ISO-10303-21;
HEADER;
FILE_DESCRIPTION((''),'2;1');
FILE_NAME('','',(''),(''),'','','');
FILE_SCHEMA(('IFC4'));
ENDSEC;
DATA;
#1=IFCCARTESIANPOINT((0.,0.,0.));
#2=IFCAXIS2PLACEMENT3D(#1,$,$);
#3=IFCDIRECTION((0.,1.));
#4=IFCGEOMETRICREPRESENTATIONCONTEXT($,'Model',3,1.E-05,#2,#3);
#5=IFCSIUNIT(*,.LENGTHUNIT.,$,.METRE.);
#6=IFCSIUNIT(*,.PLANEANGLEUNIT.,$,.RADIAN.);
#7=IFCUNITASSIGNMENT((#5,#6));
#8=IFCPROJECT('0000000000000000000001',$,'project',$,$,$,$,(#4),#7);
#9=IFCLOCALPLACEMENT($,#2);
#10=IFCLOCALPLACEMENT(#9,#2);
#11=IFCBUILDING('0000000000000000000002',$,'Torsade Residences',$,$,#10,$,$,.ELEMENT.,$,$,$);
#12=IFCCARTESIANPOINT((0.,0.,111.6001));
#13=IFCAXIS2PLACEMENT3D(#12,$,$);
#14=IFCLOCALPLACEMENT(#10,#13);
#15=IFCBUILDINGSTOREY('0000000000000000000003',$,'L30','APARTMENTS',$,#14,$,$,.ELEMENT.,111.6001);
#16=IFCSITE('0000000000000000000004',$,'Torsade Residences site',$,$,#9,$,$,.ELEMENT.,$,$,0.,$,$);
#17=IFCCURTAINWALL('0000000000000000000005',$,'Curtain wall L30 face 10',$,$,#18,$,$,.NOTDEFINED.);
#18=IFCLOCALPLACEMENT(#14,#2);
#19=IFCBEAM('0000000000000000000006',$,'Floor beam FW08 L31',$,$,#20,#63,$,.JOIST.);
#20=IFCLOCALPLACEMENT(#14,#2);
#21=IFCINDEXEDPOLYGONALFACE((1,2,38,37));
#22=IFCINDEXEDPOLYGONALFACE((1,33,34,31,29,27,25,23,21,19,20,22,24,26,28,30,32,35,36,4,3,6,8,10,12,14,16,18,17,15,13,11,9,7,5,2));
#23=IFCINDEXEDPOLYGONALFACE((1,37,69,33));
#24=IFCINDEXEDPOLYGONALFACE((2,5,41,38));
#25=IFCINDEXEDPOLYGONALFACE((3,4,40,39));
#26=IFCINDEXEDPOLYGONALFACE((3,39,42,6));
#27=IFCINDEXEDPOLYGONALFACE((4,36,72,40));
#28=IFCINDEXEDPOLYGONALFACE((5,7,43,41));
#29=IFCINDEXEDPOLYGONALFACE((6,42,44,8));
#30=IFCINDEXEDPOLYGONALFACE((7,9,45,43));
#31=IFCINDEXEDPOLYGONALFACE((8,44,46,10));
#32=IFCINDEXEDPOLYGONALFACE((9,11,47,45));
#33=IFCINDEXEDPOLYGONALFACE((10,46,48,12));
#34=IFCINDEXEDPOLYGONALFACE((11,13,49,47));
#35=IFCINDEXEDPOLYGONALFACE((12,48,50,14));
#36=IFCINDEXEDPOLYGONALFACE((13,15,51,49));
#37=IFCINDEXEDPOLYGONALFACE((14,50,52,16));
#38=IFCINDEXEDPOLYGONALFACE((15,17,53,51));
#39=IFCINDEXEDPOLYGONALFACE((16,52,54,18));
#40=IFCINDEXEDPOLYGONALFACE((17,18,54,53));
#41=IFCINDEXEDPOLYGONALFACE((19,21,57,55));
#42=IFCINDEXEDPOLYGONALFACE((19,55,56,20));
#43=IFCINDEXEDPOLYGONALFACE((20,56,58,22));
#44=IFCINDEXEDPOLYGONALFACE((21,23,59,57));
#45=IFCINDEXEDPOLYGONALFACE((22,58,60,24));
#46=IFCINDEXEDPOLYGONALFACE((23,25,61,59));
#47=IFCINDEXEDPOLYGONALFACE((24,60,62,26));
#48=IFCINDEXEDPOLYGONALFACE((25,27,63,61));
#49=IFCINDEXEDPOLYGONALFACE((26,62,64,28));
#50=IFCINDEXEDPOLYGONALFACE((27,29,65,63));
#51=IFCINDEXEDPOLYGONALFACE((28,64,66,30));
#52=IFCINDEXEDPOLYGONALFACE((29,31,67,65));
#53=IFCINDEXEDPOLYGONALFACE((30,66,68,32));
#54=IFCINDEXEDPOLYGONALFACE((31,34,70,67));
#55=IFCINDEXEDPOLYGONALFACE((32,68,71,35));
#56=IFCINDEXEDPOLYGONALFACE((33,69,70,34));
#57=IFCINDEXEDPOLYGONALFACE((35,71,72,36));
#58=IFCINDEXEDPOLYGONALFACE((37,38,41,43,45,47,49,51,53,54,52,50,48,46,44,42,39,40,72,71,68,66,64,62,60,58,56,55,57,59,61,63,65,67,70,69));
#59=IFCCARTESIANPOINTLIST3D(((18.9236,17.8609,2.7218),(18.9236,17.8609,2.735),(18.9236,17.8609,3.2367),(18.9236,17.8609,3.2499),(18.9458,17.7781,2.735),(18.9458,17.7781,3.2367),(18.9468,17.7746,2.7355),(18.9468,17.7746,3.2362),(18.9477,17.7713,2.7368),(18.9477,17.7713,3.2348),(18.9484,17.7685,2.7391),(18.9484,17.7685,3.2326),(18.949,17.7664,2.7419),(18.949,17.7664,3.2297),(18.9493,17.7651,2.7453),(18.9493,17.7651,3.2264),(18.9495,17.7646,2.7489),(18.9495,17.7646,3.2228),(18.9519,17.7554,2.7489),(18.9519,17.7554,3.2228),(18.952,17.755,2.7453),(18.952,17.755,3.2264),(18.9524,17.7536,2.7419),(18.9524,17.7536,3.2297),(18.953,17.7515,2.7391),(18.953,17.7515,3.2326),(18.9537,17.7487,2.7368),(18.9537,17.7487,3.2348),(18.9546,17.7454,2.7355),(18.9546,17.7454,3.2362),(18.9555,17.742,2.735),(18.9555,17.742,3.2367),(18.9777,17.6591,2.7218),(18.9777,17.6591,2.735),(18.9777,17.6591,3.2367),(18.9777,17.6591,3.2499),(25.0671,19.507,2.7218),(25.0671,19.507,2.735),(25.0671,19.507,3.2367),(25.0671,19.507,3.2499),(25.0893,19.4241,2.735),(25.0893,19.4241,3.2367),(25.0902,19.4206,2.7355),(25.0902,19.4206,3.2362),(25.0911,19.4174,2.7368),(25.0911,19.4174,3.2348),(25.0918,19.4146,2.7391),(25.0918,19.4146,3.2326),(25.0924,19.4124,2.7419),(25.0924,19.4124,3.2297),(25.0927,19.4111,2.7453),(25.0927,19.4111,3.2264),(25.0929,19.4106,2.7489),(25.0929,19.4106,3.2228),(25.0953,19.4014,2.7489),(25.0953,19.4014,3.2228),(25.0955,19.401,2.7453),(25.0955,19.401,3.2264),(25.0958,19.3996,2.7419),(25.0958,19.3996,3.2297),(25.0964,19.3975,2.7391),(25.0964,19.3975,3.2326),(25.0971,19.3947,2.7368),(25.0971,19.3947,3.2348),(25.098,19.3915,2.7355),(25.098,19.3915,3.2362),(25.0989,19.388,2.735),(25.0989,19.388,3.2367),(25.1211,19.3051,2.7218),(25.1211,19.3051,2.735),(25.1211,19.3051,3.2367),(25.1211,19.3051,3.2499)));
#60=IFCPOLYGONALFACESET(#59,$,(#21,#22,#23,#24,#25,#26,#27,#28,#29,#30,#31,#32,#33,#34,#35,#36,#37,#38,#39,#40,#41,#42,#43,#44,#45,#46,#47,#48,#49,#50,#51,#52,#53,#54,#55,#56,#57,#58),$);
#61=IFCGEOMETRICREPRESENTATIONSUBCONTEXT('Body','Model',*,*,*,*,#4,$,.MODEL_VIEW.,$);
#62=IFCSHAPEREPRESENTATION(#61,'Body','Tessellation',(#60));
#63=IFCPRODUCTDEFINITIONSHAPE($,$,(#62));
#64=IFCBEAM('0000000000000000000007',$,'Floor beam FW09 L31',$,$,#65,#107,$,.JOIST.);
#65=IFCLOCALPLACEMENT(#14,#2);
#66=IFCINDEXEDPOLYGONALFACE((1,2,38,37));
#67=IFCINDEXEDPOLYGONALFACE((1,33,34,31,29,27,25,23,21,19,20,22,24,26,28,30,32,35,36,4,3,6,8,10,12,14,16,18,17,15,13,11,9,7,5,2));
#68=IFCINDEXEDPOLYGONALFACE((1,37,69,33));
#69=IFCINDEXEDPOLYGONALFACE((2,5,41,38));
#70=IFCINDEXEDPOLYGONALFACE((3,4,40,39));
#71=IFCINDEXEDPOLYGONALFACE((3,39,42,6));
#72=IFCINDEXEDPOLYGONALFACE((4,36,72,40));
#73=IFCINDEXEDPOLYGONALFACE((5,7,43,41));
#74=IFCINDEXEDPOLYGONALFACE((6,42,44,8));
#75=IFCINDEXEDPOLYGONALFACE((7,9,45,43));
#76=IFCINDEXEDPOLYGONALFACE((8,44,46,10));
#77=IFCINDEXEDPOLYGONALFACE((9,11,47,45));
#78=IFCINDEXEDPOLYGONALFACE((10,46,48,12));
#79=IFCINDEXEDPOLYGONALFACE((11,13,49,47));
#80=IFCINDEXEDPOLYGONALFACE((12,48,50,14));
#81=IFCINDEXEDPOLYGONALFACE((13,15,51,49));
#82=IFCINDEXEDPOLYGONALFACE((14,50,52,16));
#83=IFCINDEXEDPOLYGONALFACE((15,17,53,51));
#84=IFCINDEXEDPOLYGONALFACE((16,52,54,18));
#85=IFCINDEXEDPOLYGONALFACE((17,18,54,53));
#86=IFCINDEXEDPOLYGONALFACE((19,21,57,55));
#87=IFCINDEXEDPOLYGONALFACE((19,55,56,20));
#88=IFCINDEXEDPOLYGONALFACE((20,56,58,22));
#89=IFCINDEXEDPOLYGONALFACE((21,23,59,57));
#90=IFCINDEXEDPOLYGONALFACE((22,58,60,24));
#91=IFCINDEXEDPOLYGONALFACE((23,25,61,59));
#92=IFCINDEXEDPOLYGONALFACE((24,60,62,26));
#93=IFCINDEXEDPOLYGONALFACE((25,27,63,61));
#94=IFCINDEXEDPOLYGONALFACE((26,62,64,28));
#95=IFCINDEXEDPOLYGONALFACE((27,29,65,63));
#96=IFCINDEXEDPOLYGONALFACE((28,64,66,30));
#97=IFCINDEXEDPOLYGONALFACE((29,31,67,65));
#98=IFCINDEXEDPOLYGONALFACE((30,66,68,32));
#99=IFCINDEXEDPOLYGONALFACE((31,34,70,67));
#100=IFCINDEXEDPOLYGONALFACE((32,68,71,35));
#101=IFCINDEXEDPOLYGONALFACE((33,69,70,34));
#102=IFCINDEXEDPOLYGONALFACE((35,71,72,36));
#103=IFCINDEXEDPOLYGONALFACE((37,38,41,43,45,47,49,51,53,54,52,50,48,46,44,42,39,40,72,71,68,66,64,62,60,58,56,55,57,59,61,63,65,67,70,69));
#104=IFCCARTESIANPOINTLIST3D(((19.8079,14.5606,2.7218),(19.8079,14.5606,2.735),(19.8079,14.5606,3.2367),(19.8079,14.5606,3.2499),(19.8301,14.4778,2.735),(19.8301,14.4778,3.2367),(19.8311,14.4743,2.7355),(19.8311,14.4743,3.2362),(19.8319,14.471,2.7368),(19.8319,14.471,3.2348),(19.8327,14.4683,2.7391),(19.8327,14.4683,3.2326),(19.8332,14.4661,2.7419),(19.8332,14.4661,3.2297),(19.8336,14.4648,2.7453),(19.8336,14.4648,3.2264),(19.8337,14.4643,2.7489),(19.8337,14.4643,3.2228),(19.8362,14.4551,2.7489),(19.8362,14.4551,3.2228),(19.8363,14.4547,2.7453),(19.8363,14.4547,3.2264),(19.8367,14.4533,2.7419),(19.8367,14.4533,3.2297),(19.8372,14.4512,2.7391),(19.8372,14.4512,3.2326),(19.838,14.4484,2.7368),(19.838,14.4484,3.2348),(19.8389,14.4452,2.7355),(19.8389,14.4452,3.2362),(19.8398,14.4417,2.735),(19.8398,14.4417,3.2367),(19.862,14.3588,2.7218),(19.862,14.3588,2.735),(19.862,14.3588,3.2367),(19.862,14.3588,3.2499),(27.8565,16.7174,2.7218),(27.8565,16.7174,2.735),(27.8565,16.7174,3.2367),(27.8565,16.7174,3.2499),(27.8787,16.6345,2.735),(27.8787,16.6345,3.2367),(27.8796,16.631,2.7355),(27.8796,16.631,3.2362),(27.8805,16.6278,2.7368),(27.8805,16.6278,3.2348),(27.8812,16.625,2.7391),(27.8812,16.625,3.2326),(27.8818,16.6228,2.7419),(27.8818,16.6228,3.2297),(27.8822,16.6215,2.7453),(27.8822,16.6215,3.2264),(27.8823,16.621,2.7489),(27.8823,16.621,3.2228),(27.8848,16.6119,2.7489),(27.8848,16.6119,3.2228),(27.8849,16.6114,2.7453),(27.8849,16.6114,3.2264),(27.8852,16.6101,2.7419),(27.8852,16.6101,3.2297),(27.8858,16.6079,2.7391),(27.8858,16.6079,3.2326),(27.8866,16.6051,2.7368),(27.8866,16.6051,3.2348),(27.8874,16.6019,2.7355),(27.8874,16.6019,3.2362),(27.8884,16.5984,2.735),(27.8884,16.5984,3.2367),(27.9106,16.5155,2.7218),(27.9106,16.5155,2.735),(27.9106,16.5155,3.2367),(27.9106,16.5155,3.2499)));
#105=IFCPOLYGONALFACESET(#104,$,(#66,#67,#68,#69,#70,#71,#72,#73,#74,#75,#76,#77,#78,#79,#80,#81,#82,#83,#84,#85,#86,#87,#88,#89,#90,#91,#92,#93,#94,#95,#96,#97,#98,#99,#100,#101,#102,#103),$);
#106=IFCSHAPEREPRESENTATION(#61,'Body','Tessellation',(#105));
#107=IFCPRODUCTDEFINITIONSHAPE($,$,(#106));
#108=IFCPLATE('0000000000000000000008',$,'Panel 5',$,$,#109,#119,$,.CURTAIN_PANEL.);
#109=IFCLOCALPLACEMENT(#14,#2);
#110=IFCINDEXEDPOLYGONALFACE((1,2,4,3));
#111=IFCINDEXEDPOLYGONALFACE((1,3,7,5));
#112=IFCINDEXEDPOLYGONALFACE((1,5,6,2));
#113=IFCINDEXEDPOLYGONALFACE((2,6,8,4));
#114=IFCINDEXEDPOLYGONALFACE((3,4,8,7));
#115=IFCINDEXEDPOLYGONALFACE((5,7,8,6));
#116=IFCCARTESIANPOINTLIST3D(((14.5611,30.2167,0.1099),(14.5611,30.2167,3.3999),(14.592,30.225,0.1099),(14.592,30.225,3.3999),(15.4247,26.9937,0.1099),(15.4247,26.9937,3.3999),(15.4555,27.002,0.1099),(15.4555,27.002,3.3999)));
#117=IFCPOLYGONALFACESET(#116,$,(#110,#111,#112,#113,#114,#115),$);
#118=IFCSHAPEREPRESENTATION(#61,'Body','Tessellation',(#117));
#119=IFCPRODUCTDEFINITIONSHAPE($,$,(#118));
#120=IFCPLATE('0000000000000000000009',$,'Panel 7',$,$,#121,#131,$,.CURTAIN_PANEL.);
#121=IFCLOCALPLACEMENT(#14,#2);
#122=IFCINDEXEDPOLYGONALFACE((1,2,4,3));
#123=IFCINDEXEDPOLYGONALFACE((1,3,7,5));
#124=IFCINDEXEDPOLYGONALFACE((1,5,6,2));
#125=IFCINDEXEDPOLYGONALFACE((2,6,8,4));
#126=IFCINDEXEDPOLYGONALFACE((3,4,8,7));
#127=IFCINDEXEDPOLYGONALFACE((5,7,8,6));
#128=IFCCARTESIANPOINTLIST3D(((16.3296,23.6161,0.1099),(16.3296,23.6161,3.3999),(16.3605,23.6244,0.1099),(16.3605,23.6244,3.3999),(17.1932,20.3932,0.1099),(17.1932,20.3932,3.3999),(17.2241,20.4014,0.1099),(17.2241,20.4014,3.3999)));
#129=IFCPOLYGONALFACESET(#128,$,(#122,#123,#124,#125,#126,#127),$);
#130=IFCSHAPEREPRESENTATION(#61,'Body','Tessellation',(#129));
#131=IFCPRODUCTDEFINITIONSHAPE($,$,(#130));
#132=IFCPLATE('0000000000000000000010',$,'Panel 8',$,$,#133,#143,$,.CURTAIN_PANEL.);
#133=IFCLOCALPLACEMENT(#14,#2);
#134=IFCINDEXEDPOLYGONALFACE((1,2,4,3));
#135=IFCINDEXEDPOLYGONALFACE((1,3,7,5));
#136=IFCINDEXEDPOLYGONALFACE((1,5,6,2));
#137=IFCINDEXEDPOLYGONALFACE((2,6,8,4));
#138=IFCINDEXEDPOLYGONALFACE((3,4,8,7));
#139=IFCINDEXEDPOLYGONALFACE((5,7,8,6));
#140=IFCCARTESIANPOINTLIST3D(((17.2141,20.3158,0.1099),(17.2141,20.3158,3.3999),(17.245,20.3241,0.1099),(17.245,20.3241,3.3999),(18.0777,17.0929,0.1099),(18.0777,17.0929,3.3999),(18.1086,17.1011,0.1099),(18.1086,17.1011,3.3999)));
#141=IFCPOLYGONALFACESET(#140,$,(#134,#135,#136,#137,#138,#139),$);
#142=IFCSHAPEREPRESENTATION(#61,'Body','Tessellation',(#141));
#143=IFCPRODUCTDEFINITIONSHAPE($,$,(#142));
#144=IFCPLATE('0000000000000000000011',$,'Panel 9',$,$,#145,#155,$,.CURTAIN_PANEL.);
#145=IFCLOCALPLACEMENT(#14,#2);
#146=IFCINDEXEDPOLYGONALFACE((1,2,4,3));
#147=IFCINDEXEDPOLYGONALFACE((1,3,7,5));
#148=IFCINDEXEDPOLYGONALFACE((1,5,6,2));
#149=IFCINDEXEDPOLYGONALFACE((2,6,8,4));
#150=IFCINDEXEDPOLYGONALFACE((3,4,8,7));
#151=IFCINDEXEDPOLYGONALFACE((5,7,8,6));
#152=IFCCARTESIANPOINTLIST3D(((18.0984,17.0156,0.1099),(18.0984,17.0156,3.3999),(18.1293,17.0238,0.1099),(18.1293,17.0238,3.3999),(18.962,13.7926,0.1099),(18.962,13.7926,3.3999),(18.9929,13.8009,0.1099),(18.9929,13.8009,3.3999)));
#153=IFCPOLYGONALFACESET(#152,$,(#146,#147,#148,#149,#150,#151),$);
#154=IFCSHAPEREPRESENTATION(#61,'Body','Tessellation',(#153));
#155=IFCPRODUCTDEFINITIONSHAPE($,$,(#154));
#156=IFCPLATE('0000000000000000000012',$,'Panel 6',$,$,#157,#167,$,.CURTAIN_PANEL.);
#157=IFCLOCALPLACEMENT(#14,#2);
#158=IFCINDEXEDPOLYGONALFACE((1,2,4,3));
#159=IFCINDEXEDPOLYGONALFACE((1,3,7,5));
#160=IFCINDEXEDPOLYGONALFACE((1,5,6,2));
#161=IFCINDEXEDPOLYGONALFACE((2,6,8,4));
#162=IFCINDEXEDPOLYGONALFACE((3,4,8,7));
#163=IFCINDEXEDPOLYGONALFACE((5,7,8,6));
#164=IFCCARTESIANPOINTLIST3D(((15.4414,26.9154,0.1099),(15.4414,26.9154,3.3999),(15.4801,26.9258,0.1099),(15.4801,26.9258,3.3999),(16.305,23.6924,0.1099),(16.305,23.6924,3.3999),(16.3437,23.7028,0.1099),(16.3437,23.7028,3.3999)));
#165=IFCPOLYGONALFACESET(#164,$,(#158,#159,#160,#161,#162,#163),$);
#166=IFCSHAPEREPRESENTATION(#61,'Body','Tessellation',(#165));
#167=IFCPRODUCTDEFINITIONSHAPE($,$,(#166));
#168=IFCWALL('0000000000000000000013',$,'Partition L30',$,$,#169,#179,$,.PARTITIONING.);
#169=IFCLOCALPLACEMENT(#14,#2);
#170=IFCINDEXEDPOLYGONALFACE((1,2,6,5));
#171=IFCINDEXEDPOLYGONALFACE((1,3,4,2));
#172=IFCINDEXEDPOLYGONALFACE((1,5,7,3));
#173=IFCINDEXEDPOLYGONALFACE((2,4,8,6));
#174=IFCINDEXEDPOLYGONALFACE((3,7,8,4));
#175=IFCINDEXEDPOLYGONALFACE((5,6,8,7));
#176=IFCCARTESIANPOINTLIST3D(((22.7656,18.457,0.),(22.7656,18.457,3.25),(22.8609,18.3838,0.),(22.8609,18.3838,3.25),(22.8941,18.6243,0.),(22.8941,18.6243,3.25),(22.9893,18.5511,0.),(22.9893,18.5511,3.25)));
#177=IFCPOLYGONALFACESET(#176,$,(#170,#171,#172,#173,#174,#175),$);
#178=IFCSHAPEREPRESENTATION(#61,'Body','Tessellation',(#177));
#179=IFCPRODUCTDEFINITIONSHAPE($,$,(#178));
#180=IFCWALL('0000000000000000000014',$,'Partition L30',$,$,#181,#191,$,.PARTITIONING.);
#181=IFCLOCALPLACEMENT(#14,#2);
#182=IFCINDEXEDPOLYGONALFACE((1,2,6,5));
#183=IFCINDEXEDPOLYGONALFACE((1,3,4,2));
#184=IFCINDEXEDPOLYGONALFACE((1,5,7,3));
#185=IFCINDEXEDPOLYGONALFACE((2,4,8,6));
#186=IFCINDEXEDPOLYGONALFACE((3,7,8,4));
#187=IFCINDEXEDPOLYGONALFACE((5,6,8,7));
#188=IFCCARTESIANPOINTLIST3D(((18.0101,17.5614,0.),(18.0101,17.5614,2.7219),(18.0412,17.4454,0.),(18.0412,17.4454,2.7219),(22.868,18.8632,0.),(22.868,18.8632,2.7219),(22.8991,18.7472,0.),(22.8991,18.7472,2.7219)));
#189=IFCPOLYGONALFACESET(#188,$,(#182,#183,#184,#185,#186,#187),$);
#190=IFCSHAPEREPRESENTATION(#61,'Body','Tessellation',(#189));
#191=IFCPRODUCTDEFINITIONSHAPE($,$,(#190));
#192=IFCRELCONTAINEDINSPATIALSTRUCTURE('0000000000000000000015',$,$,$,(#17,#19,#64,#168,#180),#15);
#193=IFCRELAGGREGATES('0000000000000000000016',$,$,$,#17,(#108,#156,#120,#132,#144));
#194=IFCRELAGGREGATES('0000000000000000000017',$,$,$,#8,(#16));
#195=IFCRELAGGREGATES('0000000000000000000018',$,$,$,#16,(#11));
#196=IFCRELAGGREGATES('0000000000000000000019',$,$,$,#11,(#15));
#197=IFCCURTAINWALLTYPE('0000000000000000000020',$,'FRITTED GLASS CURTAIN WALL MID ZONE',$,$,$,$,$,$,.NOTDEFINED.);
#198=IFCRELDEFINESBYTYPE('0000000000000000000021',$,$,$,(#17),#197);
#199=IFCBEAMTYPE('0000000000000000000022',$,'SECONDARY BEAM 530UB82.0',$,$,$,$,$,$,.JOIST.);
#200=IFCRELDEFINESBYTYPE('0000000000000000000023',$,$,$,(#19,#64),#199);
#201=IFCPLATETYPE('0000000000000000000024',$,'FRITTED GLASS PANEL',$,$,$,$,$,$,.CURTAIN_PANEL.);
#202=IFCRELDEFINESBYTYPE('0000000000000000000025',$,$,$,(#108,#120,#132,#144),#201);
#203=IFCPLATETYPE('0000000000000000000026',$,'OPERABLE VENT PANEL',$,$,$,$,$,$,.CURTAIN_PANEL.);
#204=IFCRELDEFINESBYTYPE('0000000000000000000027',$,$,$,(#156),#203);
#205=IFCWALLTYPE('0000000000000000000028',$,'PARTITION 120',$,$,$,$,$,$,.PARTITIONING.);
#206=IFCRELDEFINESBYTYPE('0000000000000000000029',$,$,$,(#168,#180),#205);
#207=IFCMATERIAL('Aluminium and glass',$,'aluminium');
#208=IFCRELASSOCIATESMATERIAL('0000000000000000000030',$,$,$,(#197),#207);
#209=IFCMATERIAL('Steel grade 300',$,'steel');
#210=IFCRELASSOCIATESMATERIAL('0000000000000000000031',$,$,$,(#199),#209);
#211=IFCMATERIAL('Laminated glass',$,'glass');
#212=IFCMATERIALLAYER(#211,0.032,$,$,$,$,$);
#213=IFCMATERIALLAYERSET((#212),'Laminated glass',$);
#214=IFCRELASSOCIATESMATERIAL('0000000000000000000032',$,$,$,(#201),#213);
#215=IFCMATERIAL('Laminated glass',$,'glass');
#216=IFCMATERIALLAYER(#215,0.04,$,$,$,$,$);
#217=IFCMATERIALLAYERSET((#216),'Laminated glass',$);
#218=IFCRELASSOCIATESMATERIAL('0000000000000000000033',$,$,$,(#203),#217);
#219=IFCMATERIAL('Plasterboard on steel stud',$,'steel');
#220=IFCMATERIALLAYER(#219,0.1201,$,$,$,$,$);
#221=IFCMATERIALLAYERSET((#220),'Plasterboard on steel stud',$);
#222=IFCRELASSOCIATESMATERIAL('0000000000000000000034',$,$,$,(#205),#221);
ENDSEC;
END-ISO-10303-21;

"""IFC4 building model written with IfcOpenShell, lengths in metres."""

from ifc_helpers import new_model, si_unit, direction, frame, frame_2d, origin, origin_2d, place, context, subcontext, project, spatial, rectangle, i_section, extrude, material, layer, layer_set, material_profile, profile_set, type_object, element, aggregate, save


model = new_model("IFC4")

# Units and contexts
model_context = context("Model", 3, precision=1e-05, world=origin(), true_north=direction((0.0, 1.0)))
body_context = subcontext(model_context, "Body", "Model", "MODEL_VIEW")
ifc_project = project(units=[si_unit("LENGTHUNIT", "METRE"), si_unit("PLANEANGLEUNIT", "RADIAN")], contexts=[model_context])

# Site, building, storey
site_placement = place(None, origin())
site = spatial("IfcSite", under=ifc_project, at=site_placement, Name="Torsade Residences site", CompositionType="ELEMENT", RefElevation=0.0)
building_placement = place(site_placement, origin())
building = spatial("IfcBuilding", under=site, at=building_placement, Name="Torsade Residences", CompositionType="ELEMENT")
storey_placement = place(building_placement, frame((0.0, 0.0, 111.6001)))
storey = spatial("IfcBuildingStorey", under=building, at=storey_placement, Name="L30", Description="APARTMENTS", CompositionType="ELEMENT", Elevation=111.6001)

# Curtain wall
ifc_material_1 = material(Name="Aluminium and glass", Category="aluminium")
curtain_wall_type = type_object("IfcCurtainWallType", Name="FRITTED GLASS CURTAIN WALL MID ZONE", PredefinedType="NOTDEFINED", material=ifc_material_1)
curtain_wall_placement = place(storey_placement, origin())
curtain_wall = element("IfcCurtainWall", 1, at=curtain_wall_placement, inside=storey, type_object=curtain_wall_type, Name="Curtain wall L30 face 10", PredefinedType="NOTDEFINED")

# Beams
ifc_material_2 = material(Name="Steel grade 300", Category="steel")
ifc_material_profile_1 = material_profile(ifc_material_2, i_section(OverallWidth=0.209, OverallDepth=0.5281, WebThickness=0.0095, FlangeThickness=0.0132, FilletRadius=0.0139, at=origin_2d()), Name="530UB82.0")
ifc_profile_set_1 = profile_set([ifc_material_profile_1], Name="Steel grade 300")
beam_type_1 = type_object("IfcBeamType", Name="SECONDARY BEAM 530UB82.0", PredefinedType="JOIST", material=ifc_profile_set_1)
beam_1_placement = place(storey_placement, frame((18.9507, 17.76, 2.9858), z_axis=(0.96593, 0.258805, 0.0), x_axis=(-0.258805, 0.96593, 0.0)))
element("IfcBeam", 2, at=beam_1_placement, inside=storey, type_object=beam_type_1, Name="Floor beam FW08 L31", PredefinedType="JOIST", context=body_context, shape_type="SweptSolid", body=[
    extrude(i_section(OverallWidth=0.209, OverallDepth=0.5281, WebThickness=0.0095, FlangeThickness=0.0132, FilletRadius=0.0139, at=origin_2d()), origin(), (0.0, 0.0, 1.0), 6.3601),
])
beam_2_placement = place(storey_placement, frame((19.835, 14.4597, 2.9858), z_axis=(0.965922, 0.258833, 0.0), x_axis=(-0.258833, 0.965922, 0.0)))
element("IfcBeam", 3, at=beam_2_placement, inside=storey, type_object=beam_type_1, Name="Floor beam FW09 L31", PredefinedType="JOIST", context=body_context, shape_type="SweptSolid", body=[
    extrude(i_section(OverallWidth=0.209, OverallDepth=0.5281, WebThickness=0.0095, FlangeThickness=0.0132, FilletRadius=0.0139, at=origin_2d()), origin(), (0.0, 0.0, 1.0), 8.3325),
])

# Plates
ifc_material_3 = material(Name="Laminated glass", Category="glass")
ifc_layer_1 = layer(ifc_material_3, 0.032)
ifc_layer_set_1 = layer_set([ifc_layer_1], Name="Laminated glass")
plate_type_1 = type_object("IfcPlateType", Name="FRITTED GLASS PANEL", PredefinedType="CURTAIN_PANEL", material=ifc_layer_set_1)
plate_1_placement = place(storey_placement, frame((15.0083, 28.6094, 0.1099), z_axis=(0.0, 0.0, 1.0), x_axis=(0.258819, -0.965926, 0.0)))
plate_1 = element("IfcPlate", 4, at=plate_1_placement, type_object=plate_type_1, Name="Panel 5", PredefinedType="CURTAIN_PANEL", context=body_context, shape_type="SweptSolid", body=[
    extrude(rectangle(XDim=3.3367, YDim=0.032, at=origin_2d()), origin(), (0.0, 0.0, 1.0), 3.29),
])
plate_2_placement = place(storey_placement, frame((16.7769, 22.0088, 0.1099), z_axis=(0.0, 0.0, 1.0), x_axis=(0.258819, -0.965926, 0.0)))
plate_2 = element("IfcPlate", 5, at=plate_2_placement, type_object=plate_type_1, Name="Panel 7", PredefinedType="CURTAIN_PANEL", context=body_context, shape_type="SweptSolid", body=[
    extrude(rectangle(XDim=3.3367, YDim=0.032, at=origin_2d()), origin(), (0.0, 0.0, 1.0), 3.29),
])
plate_3_placement = place(storey_placement, frame((17.6614, 18.7085, 0.1099), z_axis=(0.0, 0.0, 1.0), x_axis=(0.258819, -0.965926, 0.0)))
plate_3 = element("IfcPlate", 6, at=plate_3_placement, type_object=plate_type_1, Name="Panel 8", PredefinedType="CURTAIN_PANEL", context=body_context, shape_type="SweptSolid", body=[
    extrude(rectangle(XDim=3.3367, YDim=0.032, at=origin_2d()), origin(), (0.0, 0.0, 1.0), 3.29),
])
plate_4_placement = place(storey_placement, frame((18.5457, 15.4082, 0.1099), z_axis=(0.0, 0.0, 1.0), x_axis=(0.258819, -0.965926, 0.0)))
plate_4 = element("IfcPlate", 7, at=plate_4_placement, type_object=plate_type_1, Name="Panel 9", PredefinedType="CURTAIN_PANEL", context=body_context, shape_type="SweptSolid", body=[
    extrude(rectangle(XDim=3.3367, YDim=0.032, at=origin_2d()), origin(), (0.0, 0.0, 1.0), 3.29),
])
ifc_material_4 = material(Name="Laminated glass", Category="glass")
ifc_layer_2 = layer(ifc_material_4, 0.04)
ifc_layer_set_2 = layer_set([ifc_layer_2], Name="Laminated glass")
plate_type_2 = type_object("IfcPlateType", Name="OPERABLE VENT PANEL", PredefinedType="CURTAIN_PANEL", material=ifc_layer_set_2)
plate_5_placement = place(storey_placement, frame((15.8926, 25.3091, 0.1099), z_axis=(0.0, 0.0, 1.0), x_axis=(0.258819, -0.965926, 0.0)))
plate_5 = element("IfcPlate", 8, at=plate_5_placement, type_object=plate_type_2, Name="Panel 6", PredefinedType="CURTAIN_PANEL", context=body_context, shape_type="SweptSolid", body=[
    extrude(rectangle(XDim=3.3367, YDim=0.04, at=origin_2d()), origin(), (0.0, 0.0, 1.0), 3.29),
])
aggregate(curtain_wall, [plate_1, plate_5, plate_2, plate_3, plate_4])

# Walls
ifc_material_5 = material(Name="Plasterboard on steel stud", Category="steel")
ifc_layer_3 = layer(ifc_material_5, 0.1201)
ifc_layer_set_3 = layer_set([ifc_layer_3], Name="Plasterboard on steel stud")
wall_type_1 = type_object("IfcWallType", Name="PARTITION 120", PredefinedType="PARTITIONING", material=ifc_layer_set_3)
wall_1_placement = place(storey_placement, frame((22.8132, 18.4204, 0.0), z_axis=(0.0, 0.0, 1.0), x_axis=(0.609039, 0.79314, 0.0)))
element("IfcWall", 9, at=wall_1_placement, inside=storey, type_object=wall_type_1, Name="Partition L30", PredefinedType="PARTITIONING", context=body_context, shape_type="SweptSolid", body=[
    extrude(rectangle(XDim=0.2109, YDim=0.1201, at=frame_2d((0.1055, 0.0))), origin(), (0.0, 0.0, 1.0), 3.25),
])
wall_2_placement = place(storey_placement, frame((22.8835, 18.8052, 0.0), z_axis=(0.0, 0.0, 1.0), x_axis=(-0.965922, -0.258835, 0.0)))
element("IfcWall", 10, at=wall_2_placement, inside=storey, type_object=wall_type_1, Name="Partition L30", PredefinedType="PARTITIONING", context=body_context, shape_type="SweptSolid", body=[
    extrude(rectangle(XDim=5.0293, YDim=0.1201, at=frame_2d((2.5146, 0.0))), origin(), (0.0, 0.0, 1.0), 2.7219),
])

save(model, "model.ifc")
